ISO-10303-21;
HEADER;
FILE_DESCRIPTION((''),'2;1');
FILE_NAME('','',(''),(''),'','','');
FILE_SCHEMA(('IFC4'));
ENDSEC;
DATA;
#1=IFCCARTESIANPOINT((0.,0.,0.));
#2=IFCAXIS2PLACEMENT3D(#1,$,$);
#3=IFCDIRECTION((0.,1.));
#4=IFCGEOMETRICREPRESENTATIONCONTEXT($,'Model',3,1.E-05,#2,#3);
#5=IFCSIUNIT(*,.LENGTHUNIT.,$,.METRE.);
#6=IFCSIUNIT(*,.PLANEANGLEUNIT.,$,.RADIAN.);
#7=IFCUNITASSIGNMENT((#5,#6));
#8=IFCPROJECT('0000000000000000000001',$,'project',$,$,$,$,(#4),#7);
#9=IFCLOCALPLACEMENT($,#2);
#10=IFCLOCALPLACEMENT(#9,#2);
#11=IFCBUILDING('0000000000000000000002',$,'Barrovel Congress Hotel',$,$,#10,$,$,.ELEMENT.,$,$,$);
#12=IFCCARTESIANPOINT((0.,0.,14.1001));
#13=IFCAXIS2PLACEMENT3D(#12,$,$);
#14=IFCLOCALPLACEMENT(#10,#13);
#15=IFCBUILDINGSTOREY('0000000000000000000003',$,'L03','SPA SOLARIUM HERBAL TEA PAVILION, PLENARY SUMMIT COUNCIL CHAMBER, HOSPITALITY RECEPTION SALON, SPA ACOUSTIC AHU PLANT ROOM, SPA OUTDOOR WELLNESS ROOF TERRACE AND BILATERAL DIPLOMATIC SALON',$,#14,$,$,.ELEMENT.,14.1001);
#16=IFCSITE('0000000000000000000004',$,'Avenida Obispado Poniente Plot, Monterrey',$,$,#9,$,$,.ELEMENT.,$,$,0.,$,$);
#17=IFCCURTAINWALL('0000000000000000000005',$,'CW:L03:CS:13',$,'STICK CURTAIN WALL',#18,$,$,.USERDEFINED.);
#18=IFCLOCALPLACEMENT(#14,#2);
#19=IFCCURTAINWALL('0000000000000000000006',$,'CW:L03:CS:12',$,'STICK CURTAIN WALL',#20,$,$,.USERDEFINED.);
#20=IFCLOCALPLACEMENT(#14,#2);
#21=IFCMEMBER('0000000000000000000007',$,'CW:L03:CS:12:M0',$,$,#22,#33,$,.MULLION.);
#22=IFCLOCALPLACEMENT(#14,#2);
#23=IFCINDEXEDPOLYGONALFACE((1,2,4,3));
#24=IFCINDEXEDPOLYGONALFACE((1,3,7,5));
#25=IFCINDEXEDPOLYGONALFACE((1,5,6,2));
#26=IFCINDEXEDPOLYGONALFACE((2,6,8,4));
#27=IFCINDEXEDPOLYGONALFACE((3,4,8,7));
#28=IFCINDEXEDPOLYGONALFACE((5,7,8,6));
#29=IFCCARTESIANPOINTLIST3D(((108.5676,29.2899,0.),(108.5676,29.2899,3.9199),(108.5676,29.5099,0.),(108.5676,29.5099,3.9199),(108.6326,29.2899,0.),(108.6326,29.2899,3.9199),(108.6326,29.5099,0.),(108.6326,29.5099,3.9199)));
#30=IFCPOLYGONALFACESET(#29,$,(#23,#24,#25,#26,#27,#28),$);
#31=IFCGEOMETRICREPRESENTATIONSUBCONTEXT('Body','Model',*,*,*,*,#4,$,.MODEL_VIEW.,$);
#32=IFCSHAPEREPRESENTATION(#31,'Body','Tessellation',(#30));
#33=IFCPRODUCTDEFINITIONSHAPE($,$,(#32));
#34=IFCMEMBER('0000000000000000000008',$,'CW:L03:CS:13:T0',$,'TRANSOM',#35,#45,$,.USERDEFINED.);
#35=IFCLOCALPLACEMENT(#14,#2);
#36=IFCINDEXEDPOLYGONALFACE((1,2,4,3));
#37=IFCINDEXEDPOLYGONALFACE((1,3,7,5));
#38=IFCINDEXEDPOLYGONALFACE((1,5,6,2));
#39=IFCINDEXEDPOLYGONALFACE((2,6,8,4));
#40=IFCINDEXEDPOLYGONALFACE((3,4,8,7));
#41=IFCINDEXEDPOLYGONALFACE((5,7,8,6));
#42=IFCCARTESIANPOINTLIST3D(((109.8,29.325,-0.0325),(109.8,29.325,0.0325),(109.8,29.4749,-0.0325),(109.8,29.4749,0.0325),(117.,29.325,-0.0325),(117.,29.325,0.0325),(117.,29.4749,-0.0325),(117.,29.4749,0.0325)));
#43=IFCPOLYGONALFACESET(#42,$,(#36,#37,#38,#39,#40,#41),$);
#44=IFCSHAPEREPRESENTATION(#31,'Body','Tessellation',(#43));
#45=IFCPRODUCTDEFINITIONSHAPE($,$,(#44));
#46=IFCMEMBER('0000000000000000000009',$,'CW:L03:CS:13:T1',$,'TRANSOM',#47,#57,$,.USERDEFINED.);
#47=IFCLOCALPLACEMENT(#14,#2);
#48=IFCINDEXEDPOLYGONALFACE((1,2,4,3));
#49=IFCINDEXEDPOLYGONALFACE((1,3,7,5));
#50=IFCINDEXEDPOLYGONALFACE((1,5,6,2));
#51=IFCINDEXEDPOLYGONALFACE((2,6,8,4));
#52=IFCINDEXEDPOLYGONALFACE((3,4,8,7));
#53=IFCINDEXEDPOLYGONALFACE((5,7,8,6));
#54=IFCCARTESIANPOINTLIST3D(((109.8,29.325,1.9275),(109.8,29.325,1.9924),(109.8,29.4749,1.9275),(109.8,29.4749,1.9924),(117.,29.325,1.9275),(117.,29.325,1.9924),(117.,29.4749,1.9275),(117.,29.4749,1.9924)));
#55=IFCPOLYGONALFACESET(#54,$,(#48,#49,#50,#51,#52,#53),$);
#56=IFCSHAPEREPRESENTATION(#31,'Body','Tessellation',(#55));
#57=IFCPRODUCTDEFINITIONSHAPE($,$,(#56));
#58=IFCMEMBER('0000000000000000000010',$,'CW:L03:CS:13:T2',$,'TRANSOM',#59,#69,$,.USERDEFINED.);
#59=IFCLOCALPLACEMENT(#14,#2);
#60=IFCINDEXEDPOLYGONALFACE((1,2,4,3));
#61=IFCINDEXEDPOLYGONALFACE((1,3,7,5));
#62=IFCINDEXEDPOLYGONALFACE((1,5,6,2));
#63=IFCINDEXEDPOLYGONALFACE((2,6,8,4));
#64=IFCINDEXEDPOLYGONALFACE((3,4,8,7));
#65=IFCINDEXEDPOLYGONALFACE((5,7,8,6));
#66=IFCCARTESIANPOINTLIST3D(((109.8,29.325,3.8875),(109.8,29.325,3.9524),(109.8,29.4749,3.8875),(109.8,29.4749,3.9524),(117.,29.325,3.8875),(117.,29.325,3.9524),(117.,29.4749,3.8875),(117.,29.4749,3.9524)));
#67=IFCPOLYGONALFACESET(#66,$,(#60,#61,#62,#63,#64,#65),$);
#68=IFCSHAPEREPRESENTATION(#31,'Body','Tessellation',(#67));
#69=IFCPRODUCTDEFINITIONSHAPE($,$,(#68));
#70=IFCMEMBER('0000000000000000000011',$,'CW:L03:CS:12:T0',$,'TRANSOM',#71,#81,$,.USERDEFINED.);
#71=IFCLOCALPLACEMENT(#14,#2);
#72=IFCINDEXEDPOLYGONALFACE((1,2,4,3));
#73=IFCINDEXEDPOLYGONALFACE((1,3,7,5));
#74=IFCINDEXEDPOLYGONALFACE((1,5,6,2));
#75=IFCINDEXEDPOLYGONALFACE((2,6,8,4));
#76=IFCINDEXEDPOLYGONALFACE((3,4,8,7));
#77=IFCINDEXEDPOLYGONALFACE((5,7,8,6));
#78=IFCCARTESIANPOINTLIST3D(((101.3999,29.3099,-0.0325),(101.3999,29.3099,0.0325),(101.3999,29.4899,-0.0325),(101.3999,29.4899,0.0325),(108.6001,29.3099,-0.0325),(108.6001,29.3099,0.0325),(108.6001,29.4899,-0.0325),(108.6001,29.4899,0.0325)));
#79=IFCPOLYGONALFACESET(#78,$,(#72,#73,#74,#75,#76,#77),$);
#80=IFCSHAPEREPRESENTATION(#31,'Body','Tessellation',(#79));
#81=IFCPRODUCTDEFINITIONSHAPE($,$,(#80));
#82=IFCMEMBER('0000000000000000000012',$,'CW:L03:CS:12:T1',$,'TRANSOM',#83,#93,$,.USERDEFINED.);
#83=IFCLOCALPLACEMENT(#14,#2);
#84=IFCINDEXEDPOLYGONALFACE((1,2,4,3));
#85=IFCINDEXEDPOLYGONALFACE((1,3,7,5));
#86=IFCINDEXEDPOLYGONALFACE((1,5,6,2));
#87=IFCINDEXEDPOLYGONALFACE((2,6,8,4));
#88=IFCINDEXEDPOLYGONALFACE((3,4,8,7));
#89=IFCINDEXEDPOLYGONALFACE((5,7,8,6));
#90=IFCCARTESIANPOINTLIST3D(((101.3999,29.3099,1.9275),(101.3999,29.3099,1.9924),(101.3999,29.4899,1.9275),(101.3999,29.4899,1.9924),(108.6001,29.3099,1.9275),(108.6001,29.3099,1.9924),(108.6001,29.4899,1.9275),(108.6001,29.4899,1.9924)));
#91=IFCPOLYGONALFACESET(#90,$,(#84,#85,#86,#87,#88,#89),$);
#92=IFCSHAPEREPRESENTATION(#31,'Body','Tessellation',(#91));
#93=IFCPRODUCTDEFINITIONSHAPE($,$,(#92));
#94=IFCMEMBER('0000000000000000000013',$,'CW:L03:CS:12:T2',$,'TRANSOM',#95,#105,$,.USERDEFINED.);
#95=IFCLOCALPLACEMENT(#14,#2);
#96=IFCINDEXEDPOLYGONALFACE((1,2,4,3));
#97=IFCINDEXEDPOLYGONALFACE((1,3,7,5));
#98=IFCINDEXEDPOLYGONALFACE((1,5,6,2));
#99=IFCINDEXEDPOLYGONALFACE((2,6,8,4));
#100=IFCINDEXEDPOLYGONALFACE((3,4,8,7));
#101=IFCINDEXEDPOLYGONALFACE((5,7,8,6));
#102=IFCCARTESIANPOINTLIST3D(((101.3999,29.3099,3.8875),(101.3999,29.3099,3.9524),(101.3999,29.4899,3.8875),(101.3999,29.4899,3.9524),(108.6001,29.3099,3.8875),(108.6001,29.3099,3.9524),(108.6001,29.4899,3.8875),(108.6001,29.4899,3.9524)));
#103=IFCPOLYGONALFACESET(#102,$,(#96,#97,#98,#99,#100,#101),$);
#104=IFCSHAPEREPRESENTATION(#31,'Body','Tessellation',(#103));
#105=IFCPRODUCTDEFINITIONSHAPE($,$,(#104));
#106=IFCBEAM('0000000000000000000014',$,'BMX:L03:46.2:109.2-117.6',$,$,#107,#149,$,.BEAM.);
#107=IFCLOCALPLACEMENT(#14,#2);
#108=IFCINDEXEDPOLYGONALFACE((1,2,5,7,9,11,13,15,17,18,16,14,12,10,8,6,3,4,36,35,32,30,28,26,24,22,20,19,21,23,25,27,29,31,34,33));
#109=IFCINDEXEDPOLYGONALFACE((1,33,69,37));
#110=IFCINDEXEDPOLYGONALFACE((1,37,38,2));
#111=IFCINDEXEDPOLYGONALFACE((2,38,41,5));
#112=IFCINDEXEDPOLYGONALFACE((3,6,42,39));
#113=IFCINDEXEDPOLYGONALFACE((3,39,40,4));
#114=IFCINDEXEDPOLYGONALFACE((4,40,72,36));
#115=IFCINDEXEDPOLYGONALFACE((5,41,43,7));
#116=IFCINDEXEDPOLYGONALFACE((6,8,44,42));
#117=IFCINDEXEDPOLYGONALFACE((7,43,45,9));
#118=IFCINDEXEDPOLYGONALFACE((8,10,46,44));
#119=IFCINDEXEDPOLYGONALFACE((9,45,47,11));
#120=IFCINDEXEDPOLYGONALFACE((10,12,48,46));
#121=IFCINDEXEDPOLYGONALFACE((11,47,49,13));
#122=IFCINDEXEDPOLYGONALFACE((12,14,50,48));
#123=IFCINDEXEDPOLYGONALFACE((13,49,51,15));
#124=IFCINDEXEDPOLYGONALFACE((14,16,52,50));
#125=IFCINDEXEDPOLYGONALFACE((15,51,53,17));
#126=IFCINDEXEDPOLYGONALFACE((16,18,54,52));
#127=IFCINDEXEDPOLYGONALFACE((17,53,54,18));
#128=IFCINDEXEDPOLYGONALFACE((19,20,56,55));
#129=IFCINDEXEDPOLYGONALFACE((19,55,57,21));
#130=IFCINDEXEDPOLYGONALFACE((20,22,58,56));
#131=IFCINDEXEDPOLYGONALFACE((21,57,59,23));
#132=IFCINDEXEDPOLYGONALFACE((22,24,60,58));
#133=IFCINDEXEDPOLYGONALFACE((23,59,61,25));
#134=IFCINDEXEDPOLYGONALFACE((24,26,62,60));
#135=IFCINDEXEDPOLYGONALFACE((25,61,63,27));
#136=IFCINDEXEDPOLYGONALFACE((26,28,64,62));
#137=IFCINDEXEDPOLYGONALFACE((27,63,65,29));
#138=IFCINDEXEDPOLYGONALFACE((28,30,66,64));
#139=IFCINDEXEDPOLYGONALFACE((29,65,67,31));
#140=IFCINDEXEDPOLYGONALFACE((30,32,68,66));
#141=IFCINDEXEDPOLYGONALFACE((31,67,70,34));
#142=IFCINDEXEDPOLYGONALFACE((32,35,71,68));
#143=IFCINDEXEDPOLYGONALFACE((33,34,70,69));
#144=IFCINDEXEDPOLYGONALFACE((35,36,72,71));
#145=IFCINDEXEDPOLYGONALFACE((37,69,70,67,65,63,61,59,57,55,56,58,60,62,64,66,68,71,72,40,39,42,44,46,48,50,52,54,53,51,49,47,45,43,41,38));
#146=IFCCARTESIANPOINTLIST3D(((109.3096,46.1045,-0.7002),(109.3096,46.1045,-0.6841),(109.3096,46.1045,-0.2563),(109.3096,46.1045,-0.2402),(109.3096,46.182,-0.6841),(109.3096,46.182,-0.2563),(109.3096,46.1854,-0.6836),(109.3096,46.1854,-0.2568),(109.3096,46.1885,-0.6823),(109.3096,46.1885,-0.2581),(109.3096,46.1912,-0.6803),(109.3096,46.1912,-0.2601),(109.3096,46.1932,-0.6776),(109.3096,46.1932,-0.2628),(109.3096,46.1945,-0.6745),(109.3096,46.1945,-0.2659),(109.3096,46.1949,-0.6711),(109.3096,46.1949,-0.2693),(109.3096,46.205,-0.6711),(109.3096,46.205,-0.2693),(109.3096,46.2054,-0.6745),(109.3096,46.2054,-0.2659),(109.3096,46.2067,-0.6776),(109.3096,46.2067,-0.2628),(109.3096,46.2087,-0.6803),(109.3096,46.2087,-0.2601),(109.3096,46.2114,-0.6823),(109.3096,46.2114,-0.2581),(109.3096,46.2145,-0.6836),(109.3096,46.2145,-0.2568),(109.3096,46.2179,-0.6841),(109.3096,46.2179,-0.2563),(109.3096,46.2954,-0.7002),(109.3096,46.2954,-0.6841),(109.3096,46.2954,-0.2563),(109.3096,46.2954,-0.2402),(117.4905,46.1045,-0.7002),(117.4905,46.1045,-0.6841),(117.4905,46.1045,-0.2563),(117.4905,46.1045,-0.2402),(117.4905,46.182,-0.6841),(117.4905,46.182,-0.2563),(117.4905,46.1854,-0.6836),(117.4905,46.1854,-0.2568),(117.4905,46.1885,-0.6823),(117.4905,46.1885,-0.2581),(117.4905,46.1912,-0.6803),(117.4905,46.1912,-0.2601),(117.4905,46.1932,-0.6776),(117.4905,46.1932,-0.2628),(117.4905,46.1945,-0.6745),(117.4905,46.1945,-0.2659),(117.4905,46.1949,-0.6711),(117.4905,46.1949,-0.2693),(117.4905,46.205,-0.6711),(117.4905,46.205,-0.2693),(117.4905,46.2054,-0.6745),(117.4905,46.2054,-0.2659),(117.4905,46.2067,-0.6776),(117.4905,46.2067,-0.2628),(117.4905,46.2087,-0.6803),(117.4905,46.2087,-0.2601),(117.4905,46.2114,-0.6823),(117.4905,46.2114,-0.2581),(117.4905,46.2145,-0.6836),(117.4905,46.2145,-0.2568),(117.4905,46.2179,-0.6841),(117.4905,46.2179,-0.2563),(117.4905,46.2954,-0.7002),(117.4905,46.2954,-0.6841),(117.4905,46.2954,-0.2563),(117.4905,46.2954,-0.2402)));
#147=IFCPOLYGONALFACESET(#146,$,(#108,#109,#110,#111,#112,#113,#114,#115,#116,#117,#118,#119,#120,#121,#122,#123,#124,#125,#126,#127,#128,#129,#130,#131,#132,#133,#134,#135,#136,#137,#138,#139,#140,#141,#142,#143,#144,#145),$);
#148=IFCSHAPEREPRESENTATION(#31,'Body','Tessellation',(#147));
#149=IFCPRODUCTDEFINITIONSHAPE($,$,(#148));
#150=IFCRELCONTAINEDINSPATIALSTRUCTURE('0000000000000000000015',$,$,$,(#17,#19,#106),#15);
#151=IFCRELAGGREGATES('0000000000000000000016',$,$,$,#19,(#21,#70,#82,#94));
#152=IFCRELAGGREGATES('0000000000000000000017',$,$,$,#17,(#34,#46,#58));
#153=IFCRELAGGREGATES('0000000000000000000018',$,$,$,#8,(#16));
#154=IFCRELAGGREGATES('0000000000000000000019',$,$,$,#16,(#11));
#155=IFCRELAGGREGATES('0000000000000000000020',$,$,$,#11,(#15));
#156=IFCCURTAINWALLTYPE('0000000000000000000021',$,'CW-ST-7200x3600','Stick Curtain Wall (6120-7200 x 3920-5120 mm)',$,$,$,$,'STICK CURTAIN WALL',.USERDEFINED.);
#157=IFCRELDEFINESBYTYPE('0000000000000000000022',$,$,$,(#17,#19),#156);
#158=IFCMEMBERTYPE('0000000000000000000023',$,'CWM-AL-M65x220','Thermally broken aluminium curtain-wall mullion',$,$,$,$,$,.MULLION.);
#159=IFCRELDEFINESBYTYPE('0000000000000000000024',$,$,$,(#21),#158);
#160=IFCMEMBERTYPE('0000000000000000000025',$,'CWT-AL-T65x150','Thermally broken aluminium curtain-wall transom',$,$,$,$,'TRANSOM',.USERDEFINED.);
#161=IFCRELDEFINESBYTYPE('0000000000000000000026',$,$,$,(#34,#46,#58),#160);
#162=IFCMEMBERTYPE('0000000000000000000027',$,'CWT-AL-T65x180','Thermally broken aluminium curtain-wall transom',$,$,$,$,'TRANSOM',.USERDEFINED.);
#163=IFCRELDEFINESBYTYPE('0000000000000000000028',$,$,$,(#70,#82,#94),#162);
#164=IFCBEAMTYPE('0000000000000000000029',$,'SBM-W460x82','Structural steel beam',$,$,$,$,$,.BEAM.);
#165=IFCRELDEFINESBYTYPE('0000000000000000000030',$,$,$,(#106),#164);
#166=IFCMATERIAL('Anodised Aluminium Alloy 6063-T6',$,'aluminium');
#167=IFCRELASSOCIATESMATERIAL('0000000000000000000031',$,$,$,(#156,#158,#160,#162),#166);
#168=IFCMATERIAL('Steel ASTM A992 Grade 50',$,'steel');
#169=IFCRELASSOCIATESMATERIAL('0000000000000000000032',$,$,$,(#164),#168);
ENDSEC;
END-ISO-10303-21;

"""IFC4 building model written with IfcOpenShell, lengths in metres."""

from ifc_helpers import new_model, si_unit, direction, frame, origin, origin_2d, place, context, subcontext, project, spatial, rectangle, i_section, extrude, material, material_profile, profile_set, type_object, element, aggregate, save


model = new_model("IFC4")

# Units and contexts
model_context = context("Model", 3, precision=1e-05, world=origin(), true_north=direction((0.0, 1.0)))
body_context = subcontext(model_context, "Body", "Model", "MODEL_VIEW")
ifc_project = project(units=[si_unit("LENGTHUNIT", "METRE"), si_unit("PLANEANGLEUNIT", "RADIAN")], contexts=[model_context])

# Site, building, storey
site_placement = place(None, origin())
site = spatial("IfcSite", under=ifc_project, at=site_placement, Name="Avenida Obispado Poniente Plot, Monterrey", CompositionType="ELEMENT", RefElevation=0.0)
building_placement = place(site_placement, origin())
building = spatial("IfcBuilding", under=site, at=building_placement, Name="Barrovel Congress Hotel", CompositionType="ELEMENT")
storey_placement = place(building_placement, frame((0.0, 0.0, 14.1001)))
storey = spatial("IfcBuildingStorey", under=building, at=storey_placement, Name="L03", Description="SPA SOLARIUM HERBAL TEA PAVILION, PLENARY SUMMIT COUNCIL CHAMBER, HOSPITALITY RECEPTION SALON, SPA ACOUSTIC AHU PLANT ROOM, SPA OUTDOOR WELLNESS ROOF TERRACE AND BILATERAL DIPLOMATIC SALON", CompositionType="ELEMENT", Elevation=14.1001)

# Curtain wall
ifc_material_1 = material(Name="Anodised Aluminium Alloy 6063-T6", Category="aluminium")
curtain_wall_type = type_object("IfcCurtainWallType", Name="CW-ST-7200x3600", Description="Stick Curtain Wall (6120-7200 x 3920-5120 mm)", ElementType="STICK CURTAIN WALL", PredefinedType="USERDEFINED", material=ifc_material_1)
curtain_wall_1_placement = place(storey_placement, origin())
curtain_wall_1 = element("IfcCurtainWall", 1, at=curtain_wall_1_placement, inside=storey, type_object=curtain_wall_type, Name="CW:L03:CS:13", ObjectType="STICK CURTAIN WALL", PredefinedType="USERDEFINED")

# Curtain wall, member
curtain_wall_2_placement = place(storey_placement, origin())
curtain_wall_2 = element("IfcCurtainWall", 2, at=curtain_wall_2_placement, inside=storey, type_object=curtain_wall_type, Name="CW:L03:CS:12", ObjectType="STICK CURTAIN WALL", PredefinedType="USERDEFINED")
ifc_material_profile_1 = material_profile(ifc_material_1, rectangle(XDim=0.0649, YDim=0.22, at=origin_2d()), Name="AL-M65x220")
ifc_profile_set_1 = profile_set([ifc_material_profile_1], Name="Anodised Aluminium Alloy 6063-T6")
member_type_1 = type_object("IfcMemberType", Name="CWM-AL-M65x220", Description="Thermally broken aluminium curtain-wall mullion", PredefinedType="MULLION", material=ifc_profile_set_1)
member_1_placement = place(storey_placement, frame((108.6001, 29.3999, 0.0), z_axis=(0.0, 0.0, 1.0), x_axis=(1.0, 0.0, 0.0)))
member_1 = element("IfcMember", 3, at=member_1_placement, type_object=member_type_1, Name="CW:L03:CS:12:M0", PredefinedType="MULLION", context=body_context, shape_type="SweptSolid", body=[
    extrude(rectangle(XDim=0.0649, YDim=0.22, at=origin_2d()), origin(), (0.0, 0.0, 1.0), 3.9199),
])

# Members
ifc_material_profile_2 = material_profile(ifc_material_1, rectangle(XDim=0.1499, YDim=0.0649, at=origin_2d()), Name="AL-T65x150")
ifc_profile_set_2 = profile_set([ifc_material_profile_2], Name="Anodised Aluminium Alloy 6063-T6")
member_type_2 = type_object("IfcMemberType", Name="CWT-AL-T65x150", Description="Thermally broken aluminium curtain-wall transom", ElementType="TRANSOM", PredefinedType="USERDEFINED", material=ifc_profile_set_2)
member_2_placement = place(storey_placement, frame((117.0, 29.3999, 0.0), z_axis=(-1.0, 0.0, 0.0), x_axis=(0.0, -1.0, 0.0)))
member_2 = element("IfcMember", 4, at=member_2_placement, type_object=member_type_2, Name="CW:L03:CS:13:T0", ObjectType="TRANSOM", PredefinedType="USERDEFINED", context=body_context, shape_type="SweptSolid", body=[
    extrude(rectangle(XDim=0.1499, YDim=0.0649, at=origin_2d()), origin(), (0.0, 0.0, 1.0), 7.2),
])
member_3_placement = place(storey_placement, frame((117.0, 29.3999, 1.96), z_axis=(-1.0, 0.0, 0.0), x_axis=(0.0, -1.0, 0.0)))
member_3 = element("IfcMember", 5, at=member_3_placement, type_object=member_type_2, Name="CW:L03:CS:13:T1", ObjectType="TRANSOM", PredefinedType="USERDEFINED", context=body_context, shape_type="SweptSolid", body=[
    extrude(rectangle(XDim=0.1499, YDim=0.0649, at=origin_2d()), origin(), (0.0, 0.0, 1.0), 7.2),
])
member_4_placement = place(storey_placement, frame((117.0, 29.3999, 3.9199), z_axis=(-1.0, 0.0, 0.0), x_axis=(0.0, -1.0, 0.0)))
member_4 = element("IfcMember", 6, at=member_4_placement, type_object=member_type_2, Name="CW:L03:CS:13:T2", ObjectType="TRANSOM", PredefinedType="USERDEFINED", context=body_context, shape_type="SweptSolid", body=[
    extrude(rectangle(XDim=0.1499, YDim=0.0649, at=origin_2d()), origin(), (0.0, 0.0, 1.0), 7.2),
])
ifc_material_profile_3 = material_profile(ifc_material_1, rectangle(XDim=0.1799, YDim=0.0649, at=origin_2d()), Name="AL-T65x180")
ifc_profile_set_3 = profile_set([ifc_material_profile_3], Name="Anodised Aluminium Alloy 6063-T6")
member_type_3 = type_object("IfcMemberType", Name="CWT-AL-T65x180", Description="Thermally broken aluminium curtain-wall transom", ElementType="TRANSOM", PredefinedType="USERDEFINED", material=ifc_profile_set_3)
member_5_placement = place(storey_placement, frame((108.6001, 29.3999, 0.0), z_axis=(-1.0, 0.0, 0.0), x_axis=(0.0, -1.0, 0.0)))
member_5 = element("IfcMember", 7, at=member_5_placement, type_object=member_type_3, Name="CW:L03:CS:12:T0", ObjectType="TRANSOM", PredefinedType="USERDEFINED", context=body_context, shape_type="SweptSolid", body=[
    extrude(rectangle(XDim=0.1799, YDim=0.0649, at=origin_2d()), origin(), (0.0, 0.0, 1.0), 7.2002),
])
member_6_placement = place(storey_placement, frame((108.6001, 29.3999, 1.96), z_axis=(-1.0, 0.0, 0.0), x_axis=(0.0, -1.0, 0.0)))
member_6 = element("IfcMember", 8, at=member_6_placement, type_object=member_type_3, Name="CW:L03:CS:12:T1", ObjectType="TRANSOM", PredefinedType="USERDEFINED", context=body_context, shape_type="SweptSolid", body=[
    extrude(rectangle(XDim=0.1799, YDim=0.0649, at=origin_2d()), origin(), (0.0, 0.0, 1.0), 7.2002),
])
member_7_placement = place(storey_placement, frame((108.6001, 29.3999, 3.9199), z_axis=(-1.0, 0.0, 0.0), x_axis=(0.0, -1.0, 0.0)))
member_7 = element("IfcMember", 9, at=member_7_placement, type_object=member_type_3, Name="CW:L03:CS:12:T2", ObjectType="TRANSOM", PredefinedType="USERDEFINED", context=body_context, shape_type="SweptSolid", body=[
    extrude(rectangle(XDim=0.1799, YDim=0.0649, at=origin_2d()), origin(), (0.0, 0.0, 1.0), 7.2002),
])
aggregate(curtain_wall_2, [member_1, member_5, member_6, member_7])

# Beam
ifc_material_2 = material(Name="Steel ASTM A992 Grade 50", Category="steel")
ifc_material_profile_4 = material_profile(ifc_material_2, i_section(OverallWidth=0.1909, OverallDepth=0.46, WebThickness=0.01, FlangeThickness=0.0161, FilletRadius=0.0129, at=origin_2d()), Name="W460x82")
ifc_profile_set_4 = profile_set([ifc_material_profile_4], Name="Steel ASTM A992 Grade 50")
beam_type_1 = type_object("IfcBeamType", Name="SBM-W460x82", Description="Structural steel beam", PredefinedType="BEAM", material=ifc_profile_set_4)
beam_1_placement = place(storey_placement, frame((109.3096, 46.2, -0.4702), z_axis=(1.0, 0.0, 0.0), x_axis=(0.0, 1.0, 0.0)))
element("IfcBeam", 10, at=beam_1_placement, inside=storey, type_object=beam_type_1, Name="BMX:L03:46.2:109.2-117.6", PredefinedType="BEAM", context=body_context, shape_type="SweptSolid", body=[
    extrude(i_section(OverallWidth=0.1909, OverallDepth=0.46, WebThickness=0.01, FlangeThickness=0.0161, FilletRadius=0.0129, at=origin_2d()), origin(), (0.0, 0.0, 1.0), 8.1809),
])

aggregate(curtain_wall_1, [member_2, member_3, member_4])

save(model, "model.ifc")
